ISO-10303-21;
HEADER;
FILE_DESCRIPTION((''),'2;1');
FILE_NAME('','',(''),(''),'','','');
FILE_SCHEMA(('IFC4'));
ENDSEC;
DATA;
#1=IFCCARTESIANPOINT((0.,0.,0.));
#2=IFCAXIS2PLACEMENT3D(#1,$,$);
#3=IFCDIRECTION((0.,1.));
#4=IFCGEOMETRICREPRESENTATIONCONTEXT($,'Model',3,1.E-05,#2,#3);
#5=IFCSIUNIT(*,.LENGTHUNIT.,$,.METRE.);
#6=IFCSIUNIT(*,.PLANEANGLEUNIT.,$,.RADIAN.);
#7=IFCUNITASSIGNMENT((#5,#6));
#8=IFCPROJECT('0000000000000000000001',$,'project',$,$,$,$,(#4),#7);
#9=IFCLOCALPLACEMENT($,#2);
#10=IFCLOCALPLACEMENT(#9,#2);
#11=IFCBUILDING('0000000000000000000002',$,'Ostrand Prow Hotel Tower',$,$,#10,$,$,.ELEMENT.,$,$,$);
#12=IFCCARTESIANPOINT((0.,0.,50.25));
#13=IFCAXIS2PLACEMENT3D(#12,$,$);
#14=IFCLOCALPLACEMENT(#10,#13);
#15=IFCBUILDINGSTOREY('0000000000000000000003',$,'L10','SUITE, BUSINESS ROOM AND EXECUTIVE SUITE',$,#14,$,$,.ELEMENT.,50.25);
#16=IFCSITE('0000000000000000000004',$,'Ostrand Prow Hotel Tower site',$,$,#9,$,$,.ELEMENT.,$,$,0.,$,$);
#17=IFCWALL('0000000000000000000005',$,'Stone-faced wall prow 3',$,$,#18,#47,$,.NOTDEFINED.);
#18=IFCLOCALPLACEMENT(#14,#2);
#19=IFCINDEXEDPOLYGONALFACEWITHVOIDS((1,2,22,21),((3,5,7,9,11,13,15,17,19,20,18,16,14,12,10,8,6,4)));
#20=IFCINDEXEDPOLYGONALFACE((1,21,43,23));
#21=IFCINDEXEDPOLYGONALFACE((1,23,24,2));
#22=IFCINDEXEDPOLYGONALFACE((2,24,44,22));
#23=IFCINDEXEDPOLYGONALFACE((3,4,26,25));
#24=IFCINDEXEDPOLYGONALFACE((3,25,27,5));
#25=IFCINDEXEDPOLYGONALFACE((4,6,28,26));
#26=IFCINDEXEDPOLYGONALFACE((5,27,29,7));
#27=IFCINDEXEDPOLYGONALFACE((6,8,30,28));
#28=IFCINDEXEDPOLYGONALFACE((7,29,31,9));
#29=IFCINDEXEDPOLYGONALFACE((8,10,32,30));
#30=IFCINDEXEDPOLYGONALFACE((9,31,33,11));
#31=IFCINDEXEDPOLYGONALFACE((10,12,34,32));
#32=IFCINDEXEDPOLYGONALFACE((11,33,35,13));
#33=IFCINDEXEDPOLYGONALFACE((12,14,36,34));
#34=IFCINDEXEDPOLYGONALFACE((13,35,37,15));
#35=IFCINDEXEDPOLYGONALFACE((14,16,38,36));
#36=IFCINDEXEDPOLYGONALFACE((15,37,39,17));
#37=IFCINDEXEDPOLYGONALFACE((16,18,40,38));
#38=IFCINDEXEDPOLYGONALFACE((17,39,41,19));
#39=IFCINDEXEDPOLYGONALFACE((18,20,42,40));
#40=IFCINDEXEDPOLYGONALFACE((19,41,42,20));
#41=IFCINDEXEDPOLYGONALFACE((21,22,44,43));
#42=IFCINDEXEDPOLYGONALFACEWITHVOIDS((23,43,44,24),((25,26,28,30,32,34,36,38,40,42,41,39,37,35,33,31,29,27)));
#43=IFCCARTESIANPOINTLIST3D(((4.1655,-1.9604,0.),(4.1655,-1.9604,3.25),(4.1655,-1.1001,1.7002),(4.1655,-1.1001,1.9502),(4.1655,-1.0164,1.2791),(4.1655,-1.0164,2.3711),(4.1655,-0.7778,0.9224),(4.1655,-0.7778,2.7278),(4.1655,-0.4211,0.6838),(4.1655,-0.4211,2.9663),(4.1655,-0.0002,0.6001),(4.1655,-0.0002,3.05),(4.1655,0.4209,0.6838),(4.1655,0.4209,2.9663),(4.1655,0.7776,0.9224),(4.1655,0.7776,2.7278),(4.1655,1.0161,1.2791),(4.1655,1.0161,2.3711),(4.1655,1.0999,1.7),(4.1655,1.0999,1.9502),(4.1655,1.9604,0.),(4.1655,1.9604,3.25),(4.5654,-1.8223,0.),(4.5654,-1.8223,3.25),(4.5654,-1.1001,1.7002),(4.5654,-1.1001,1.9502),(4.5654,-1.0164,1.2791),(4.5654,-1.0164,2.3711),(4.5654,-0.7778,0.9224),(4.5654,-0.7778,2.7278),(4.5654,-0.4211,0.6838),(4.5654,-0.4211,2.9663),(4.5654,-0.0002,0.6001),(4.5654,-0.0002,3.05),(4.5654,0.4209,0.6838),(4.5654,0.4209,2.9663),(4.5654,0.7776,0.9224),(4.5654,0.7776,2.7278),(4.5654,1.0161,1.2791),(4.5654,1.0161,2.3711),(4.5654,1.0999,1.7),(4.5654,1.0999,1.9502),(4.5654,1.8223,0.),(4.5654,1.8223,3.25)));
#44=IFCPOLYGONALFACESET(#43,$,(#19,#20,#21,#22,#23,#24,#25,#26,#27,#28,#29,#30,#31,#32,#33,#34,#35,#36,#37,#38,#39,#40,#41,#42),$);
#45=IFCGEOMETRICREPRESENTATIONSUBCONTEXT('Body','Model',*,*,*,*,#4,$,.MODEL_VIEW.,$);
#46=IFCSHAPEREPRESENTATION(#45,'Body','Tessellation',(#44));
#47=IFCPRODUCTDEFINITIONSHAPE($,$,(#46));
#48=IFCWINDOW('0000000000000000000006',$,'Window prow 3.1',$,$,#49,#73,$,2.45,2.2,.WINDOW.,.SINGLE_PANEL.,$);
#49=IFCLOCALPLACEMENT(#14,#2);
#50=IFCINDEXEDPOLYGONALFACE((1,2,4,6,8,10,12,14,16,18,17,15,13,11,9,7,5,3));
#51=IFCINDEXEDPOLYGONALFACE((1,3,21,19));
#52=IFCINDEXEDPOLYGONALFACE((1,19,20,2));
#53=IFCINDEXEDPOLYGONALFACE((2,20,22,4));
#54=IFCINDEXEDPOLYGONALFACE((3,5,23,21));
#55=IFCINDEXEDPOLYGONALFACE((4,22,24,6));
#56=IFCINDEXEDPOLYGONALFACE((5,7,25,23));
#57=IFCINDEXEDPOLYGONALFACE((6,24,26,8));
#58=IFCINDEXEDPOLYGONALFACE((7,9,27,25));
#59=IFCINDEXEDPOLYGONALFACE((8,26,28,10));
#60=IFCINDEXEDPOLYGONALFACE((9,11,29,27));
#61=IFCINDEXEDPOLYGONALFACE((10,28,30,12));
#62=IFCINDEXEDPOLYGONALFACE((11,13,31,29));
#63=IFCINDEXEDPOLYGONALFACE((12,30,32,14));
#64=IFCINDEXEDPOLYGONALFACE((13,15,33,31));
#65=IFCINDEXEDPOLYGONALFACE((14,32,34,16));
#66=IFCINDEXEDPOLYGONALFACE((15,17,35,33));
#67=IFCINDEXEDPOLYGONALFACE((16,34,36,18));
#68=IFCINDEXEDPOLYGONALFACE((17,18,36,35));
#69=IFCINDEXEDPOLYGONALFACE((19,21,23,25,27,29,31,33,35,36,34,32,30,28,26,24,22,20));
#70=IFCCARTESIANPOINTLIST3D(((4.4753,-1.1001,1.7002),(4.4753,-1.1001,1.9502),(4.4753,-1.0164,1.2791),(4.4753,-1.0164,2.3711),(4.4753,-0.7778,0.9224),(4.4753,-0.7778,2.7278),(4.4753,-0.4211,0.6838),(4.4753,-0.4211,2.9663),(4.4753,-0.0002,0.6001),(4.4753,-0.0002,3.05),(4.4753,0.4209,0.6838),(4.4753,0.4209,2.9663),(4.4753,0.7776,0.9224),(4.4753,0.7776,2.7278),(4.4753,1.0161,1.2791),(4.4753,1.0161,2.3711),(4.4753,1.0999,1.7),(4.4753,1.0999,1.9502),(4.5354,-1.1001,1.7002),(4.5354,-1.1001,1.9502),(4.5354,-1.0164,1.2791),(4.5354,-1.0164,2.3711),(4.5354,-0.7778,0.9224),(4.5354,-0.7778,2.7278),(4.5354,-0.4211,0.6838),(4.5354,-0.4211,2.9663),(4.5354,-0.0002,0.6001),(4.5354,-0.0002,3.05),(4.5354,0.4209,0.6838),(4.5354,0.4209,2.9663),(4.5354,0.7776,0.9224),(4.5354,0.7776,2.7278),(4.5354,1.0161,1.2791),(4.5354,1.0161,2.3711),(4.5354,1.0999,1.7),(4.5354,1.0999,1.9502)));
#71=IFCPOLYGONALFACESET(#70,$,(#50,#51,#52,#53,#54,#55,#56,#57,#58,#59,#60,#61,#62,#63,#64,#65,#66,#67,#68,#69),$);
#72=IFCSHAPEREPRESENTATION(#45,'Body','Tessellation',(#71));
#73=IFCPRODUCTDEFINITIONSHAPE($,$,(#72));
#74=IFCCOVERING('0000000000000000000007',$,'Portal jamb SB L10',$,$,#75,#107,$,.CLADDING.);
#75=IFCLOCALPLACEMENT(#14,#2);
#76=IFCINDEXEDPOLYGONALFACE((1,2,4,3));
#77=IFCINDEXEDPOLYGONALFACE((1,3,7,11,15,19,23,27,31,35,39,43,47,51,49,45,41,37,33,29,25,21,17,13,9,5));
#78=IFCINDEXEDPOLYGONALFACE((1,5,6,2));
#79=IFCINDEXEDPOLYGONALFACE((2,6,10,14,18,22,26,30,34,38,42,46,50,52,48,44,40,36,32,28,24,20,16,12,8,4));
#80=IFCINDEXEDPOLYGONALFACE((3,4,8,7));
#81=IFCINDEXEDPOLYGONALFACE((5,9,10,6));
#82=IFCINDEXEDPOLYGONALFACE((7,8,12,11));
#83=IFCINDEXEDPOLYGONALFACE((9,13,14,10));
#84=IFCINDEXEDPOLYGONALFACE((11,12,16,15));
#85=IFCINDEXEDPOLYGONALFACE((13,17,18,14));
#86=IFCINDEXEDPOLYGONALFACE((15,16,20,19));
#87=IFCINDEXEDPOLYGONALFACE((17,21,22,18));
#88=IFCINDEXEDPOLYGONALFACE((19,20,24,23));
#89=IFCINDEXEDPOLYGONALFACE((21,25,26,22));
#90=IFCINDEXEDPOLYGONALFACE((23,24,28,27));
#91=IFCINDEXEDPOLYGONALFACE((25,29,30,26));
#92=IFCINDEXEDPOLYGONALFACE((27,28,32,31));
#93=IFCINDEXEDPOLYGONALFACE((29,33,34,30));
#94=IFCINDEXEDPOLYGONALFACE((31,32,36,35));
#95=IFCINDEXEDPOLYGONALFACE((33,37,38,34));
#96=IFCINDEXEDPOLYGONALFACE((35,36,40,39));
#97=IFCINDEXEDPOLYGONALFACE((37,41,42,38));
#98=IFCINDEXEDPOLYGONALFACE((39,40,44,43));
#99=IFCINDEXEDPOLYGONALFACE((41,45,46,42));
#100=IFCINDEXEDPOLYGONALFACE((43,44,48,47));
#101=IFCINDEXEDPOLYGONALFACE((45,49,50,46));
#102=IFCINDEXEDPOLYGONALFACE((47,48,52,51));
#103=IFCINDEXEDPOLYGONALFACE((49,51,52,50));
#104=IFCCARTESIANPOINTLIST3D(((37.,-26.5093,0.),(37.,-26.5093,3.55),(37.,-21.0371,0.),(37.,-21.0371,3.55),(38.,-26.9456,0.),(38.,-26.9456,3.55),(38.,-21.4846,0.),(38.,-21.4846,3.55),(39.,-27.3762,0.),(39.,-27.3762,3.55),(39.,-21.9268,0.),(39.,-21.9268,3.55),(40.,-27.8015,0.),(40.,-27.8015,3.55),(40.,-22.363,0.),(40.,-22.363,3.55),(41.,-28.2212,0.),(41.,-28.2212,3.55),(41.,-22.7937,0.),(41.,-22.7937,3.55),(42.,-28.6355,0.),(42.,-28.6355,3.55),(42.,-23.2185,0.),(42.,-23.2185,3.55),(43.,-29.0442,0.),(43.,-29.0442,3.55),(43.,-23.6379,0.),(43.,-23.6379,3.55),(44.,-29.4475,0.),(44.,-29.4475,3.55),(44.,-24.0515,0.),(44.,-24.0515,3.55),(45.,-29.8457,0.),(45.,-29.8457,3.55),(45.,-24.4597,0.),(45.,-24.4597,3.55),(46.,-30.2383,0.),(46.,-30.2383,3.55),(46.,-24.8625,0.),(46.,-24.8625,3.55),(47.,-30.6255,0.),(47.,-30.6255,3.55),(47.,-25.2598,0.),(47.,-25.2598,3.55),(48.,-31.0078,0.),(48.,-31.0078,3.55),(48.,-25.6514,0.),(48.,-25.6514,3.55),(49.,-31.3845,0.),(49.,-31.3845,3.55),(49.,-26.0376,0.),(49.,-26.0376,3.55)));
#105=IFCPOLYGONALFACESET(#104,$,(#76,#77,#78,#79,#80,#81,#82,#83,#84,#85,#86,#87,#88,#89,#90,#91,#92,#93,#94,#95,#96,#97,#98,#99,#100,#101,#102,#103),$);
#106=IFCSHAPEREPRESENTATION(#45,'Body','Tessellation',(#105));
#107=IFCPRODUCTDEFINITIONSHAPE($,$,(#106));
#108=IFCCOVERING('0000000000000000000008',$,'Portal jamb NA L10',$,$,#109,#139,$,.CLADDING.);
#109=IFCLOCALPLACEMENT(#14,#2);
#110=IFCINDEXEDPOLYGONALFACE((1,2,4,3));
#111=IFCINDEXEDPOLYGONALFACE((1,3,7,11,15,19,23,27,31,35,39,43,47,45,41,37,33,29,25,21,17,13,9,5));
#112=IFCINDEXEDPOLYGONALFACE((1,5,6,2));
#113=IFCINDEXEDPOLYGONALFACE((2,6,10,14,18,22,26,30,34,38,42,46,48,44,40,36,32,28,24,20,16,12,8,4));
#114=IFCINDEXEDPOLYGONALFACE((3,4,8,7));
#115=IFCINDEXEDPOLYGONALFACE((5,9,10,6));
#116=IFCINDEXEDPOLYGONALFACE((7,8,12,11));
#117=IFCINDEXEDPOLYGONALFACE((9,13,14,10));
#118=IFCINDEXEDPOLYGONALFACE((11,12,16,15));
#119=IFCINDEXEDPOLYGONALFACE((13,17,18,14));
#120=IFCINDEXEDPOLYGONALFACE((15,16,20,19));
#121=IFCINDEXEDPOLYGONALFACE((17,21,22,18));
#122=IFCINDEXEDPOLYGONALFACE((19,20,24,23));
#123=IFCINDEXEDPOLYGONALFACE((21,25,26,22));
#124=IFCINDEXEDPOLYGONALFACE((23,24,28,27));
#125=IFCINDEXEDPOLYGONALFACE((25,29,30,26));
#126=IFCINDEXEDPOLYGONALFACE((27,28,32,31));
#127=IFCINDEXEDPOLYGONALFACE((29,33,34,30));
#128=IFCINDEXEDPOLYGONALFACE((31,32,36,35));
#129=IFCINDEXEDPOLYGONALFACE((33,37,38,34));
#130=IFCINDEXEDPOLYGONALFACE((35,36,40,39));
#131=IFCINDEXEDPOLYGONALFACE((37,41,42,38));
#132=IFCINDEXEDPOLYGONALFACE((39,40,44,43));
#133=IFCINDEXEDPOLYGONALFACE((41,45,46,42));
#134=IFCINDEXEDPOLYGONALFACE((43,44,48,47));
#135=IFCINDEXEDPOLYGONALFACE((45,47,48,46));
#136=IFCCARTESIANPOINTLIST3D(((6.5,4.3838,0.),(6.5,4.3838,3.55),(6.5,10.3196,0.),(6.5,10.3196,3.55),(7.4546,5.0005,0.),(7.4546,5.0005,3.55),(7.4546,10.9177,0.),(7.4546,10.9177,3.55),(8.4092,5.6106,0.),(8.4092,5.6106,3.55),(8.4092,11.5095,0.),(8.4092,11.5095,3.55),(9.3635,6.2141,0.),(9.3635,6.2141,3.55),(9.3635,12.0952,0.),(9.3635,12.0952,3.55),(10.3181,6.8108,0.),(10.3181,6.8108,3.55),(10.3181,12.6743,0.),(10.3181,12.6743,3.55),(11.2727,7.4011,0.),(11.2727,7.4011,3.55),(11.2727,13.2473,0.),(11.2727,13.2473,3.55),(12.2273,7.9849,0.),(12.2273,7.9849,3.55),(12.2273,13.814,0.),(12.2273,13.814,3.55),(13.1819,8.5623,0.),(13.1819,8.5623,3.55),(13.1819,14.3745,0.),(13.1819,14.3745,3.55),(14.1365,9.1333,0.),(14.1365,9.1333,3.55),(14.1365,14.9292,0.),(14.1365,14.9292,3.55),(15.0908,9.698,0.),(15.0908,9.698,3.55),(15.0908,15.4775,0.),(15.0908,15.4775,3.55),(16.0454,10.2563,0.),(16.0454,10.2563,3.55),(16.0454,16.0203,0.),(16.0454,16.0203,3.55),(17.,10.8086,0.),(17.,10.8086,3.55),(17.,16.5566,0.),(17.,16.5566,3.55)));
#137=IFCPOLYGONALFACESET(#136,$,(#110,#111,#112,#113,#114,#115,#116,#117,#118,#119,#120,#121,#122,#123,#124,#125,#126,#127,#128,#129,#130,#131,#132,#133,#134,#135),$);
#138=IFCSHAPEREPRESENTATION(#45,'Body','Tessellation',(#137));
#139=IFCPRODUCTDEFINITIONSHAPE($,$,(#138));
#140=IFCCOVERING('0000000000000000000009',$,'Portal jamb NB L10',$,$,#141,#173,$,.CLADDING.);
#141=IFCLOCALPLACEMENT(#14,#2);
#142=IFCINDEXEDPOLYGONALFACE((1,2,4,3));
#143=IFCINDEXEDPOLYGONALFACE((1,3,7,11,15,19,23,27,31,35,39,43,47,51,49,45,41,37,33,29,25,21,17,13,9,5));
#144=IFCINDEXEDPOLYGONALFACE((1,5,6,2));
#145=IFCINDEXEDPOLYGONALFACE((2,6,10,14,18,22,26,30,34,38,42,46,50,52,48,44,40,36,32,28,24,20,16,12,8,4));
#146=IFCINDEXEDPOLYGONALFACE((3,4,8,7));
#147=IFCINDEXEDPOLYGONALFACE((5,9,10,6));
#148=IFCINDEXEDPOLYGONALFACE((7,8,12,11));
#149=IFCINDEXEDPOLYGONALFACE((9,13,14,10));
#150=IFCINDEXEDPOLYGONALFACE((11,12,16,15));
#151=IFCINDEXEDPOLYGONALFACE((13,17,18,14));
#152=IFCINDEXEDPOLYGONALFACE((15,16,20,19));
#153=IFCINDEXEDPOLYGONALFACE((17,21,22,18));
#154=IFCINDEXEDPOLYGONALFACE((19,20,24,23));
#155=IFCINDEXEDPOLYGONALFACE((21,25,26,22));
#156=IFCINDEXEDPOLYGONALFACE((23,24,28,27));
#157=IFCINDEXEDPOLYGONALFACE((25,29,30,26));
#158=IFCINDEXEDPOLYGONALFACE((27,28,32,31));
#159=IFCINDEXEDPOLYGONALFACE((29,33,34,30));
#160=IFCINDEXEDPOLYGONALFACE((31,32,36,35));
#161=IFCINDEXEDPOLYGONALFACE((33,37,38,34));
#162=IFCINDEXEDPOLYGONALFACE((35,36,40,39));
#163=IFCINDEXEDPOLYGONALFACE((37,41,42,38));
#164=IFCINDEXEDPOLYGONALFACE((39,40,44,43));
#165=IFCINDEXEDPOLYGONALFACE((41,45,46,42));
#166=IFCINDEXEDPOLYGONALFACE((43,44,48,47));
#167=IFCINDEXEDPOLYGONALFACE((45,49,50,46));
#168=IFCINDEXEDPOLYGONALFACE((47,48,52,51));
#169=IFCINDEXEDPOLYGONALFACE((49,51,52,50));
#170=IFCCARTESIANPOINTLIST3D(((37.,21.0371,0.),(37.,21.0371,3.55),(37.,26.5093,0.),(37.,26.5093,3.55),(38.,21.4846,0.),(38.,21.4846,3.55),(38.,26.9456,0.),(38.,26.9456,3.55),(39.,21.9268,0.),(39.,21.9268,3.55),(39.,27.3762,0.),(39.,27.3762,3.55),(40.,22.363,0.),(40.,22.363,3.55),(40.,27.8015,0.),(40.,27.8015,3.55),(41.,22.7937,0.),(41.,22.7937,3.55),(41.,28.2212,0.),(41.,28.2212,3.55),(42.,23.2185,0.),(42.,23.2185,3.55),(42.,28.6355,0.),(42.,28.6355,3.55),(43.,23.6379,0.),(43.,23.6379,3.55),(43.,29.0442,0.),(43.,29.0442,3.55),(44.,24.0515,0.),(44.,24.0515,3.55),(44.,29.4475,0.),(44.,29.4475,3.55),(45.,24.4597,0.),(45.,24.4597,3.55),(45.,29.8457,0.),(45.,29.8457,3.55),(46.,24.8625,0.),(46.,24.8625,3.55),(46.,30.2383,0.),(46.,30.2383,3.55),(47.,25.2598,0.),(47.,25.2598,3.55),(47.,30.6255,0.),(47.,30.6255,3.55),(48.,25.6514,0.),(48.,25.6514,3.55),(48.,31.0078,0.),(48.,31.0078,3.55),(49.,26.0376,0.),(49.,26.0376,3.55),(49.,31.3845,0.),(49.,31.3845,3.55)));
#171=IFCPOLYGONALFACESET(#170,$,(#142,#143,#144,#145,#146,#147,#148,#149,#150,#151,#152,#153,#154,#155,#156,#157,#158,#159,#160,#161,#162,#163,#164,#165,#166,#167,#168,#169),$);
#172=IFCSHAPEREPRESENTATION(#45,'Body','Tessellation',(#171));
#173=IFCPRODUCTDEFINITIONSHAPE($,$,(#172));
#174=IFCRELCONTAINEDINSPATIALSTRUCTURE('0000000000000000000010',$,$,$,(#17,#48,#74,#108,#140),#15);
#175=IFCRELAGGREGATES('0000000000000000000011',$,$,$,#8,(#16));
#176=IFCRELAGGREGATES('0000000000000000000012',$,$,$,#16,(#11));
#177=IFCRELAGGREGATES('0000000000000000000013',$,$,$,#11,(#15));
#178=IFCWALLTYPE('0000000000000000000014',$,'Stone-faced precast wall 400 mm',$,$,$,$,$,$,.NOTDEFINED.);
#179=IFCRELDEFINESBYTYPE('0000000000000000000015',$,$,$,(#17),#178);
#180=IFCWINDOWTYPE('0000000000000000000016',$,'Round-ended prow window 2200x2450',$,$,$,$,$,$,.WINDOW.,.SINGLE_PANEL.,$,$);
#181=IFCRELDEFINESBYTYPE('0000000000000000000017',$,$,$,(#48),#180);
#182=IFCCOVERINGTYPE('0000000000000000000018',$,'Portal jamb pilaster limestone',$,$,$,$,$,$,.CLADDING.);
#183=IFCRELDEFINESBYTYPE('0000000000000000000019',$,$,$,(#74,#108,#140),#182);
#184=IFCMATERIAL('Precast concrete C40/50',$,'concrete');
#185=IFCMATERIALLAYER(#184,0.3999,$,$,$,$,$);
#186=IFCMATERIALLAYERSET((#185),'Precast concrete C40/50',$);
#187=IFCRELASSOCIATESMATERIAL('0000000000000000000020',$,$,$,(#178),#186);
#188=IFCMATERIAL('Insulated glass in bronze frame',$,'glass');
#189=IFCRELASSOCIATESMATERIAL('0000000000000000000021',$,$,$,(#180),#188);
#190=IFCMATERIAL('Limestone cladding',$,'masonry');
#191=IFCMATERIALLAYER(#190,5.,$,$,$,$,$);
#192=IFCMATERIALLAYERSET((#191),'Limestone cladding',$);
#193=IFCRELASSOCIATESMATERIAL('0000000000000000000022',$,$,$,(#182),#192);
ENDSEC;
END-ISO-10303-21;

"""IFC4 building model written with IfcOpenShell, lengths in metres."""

from ifc_helpers import new_model, si_unit, direction, frame, origin, place, context, subcontext, project, spatial, polyline, outline, extrude, material, layer, layer_set, type_object, element, fill, save


model = new_model("IFC4")

# Units and contexts
model_context = context("Model", 3, precision=1e-05, world=origin(), true_north=direction((0.0, 1.0)))
body_context = subcontext(model_context, "Body", "Model", "MODEL_VIEW")
ifc_project = project(units=[si_unit("LENGTHUNIT", "METRE"), si_unit("PLANEANGLEUNIT", "RADIAN")], contexts=[model_context])

# Site, building, storey
site_placement = place(None, origin())
site = spatial("IfcSite", under=ifc_project, at=site_placement, Name="Ostrand Prow Hotel Tower site", CompositionType="ELEMENT", RefElevation=0.0)
building_placement = place(site_placement, origin())
building = spatial("IfcBuilding", under=site, at=building_placement, Name="Ostrand Prow Hotel Tower", CompositionType="ELEMENT")
storey_placement = place(building_placement, frame((0.0, 0.0, 50.25)))
storey = spatial("IfcBuildingStorey", under=building, at=storey_placement, Name="L10", Description="SUITE, BUSINESS ROOM AND EXECUTIVE SUITE", CompositionType="ELEMENT", Elevation=50.25)

# Wall, opening, window
ifc_material_1 = material(Name="Precast concrete C40/50", Category="concrete")
ifc_layer_1 = layer(ifc_material_1, 0.3999)
ifc_layer_set_1 = layer_set([ifc_layer_1], Name="Precast concrete C40/50")
wall_type_1 = type_object("IfcWallType", Name="Stone-faced precast wall 400 mm", PredefinedType="NOTDEFINED", material=ifc_layer_set_1)
ifc_material_2 = material(Name="Insulated glass in bronze frame", Category="glass")
window_type = type_object("IfcWindowType", Name="Round-ended prow window 2200x2450", PartitioningType="SINGLE_PANEL", PredefinedType="WINDOW", material=ifc_material_2)
wall_1_placement = place(storey_placement, frame((4.3655, 1.8914, 0.0), z_axis=(0.0, 0.0, 1.0), x_axis=(0.0, -1.0, 0.0)))
wall_1 = element("IfcWall", 1, at=wall_1_placement, inside=storey, type_object=wall_type_1, Name="Stone-faced wall prow 3", PredefinedType="NOTDEFINED", context=body_context, shape_type="SweptSolid", body=[
    extrude(outline(polyline([(-0.0691, -0.2), (3.8518, -0.2), (3.7136, 0.2), (0.0691, 0.2), (-0.0691, -0.2)])), origin(), (0.0, 0.0, 1.0), 3.25),
])
opening_1_placement = place(wall_1_placement, frame((0.7915, 0.0, 0.6001)))
opening_1 = element("IfcOpeningElement", 2, at=opening_1_placement, cuts=wall_1, PredefinedType="OPENING", context=body_context, shape_type="SweptSolid", body=[
    extrude(outline(polyline([(0.0, 1.3501), (0.0837, 1.771), (0.3223, 2.1277), (0.679, 2.3662), (1.1001, 2.45), (1.521, 2.3662), (1.8777, 2.1277), (2.1162, 1.771), (2.2, 1.3501), (2.2, 1.1001), (2.1162, 0.679), (1.8777, 0.3223), (1.521, 0.0837), (1.1001, 0.0), (0.679, 0.0837), (0.3223, 0.3223), (0.0837, 0.679), (0.0, 1.0999), (0.0, 1.3501)])), frame((0.0, 0.21, 0.0), z_axis=(0.0, -1.0, 0.0), x_axis=(1.0, 0.0, 0.0)), (0.0, 0.0, 1.0), 0.4199),
])
window_1_placement = place(opening_1_placement, origin())
window_1 = element("IfcWindow", 3, at=window_1_placement, inside=storey, type_object=window_type, Name="Window prow 3.1", OverallHeight=2.45, OverallWidth=2.2, PartitioningType="SINGLE_PANEL", PredefinedType="WINDOW", context=body_context, shape_type="SweptSolid", body=[
    extrude(outline(polyline([(0.0, 1.3501), (0.0837, 1.771), (0.3223, 2.1277), (0.679, 2.3662), (1.1001, 2.45), (1.521, 2.3662), (1.8777, 2.1277), (2.1162, 1.771), (2.2, 1.3501), (2.2, 1.1001), (2.1162, 0.679), (1.8777, 0.3223), (1.521, 0.0837), (1.1001, 0.0), (0.679, 0.0837), (0.3223, 0.3223), (0.0837, 0.679), (0.0, 1.0999), (0.0, 1.3501)])), frame((0.0, 0.1699, 0.0), z_axis=(0.0, -1.0, 0.0), x_axis=(1.0, 0.0, 0.0)), (0.0, 0.0, 1.0), 0.0601),
])
fill(opening_1, window_1)

# Coverings
ifc_material_3 = material(Name="Limestone cladding", Category="masonry")
ifc_layer_2 = layer(ifc_material_3, 5.0)
ifc_layer_set_2 = layer_set([ifc_layer_2], Name="Limestone cladding")
covering_type_1 = type_object("IfcCoveringType", Name="Portal jamb pilaster limestone", PredefinedType="CLADDING", material=ifc_layer_set_2)
covering_1_placement = place(storey_placement, origin())
element("IfcCovering", 4, at=covering_1_placement, inside=storey, type_object=covering_type_1, Name="Portal jamb SB L10", PredefinedType="CLADDING", context=body_context, shape_type="SweptSolid", body=[
    extrude(outline(polyline([(37.0, -21.0371), (37.0, -26.5093), (38.0, -26.9456), (39.0, -27.3762), (40.0, -27.8015), (41.0, -28.2212), (42.0, -28.6355), (43.0, -29.0442), (44.0, -29.4475), (45.0, -29.8457), (46.0, -30.2383), (47.0, -30.6255), (48.0, -31.0078), (49.0, -31.3845), (49.0, -26.0376), (48.0, -25.6514), (47.0, -25.2598), (46.0, -24.8625), (45.0, -24.4597), (44.0, -24.0515), (43.0, -23.6379), (42.0, -23.2185), (41.0, -22.7937), (40.0, -22.363), (39.0, -21.9268), (38.0, -21.4846), (37.0, -21.0371)])), origin(), (0.0, 0.0, 1.0), 3.55),
])
covering_2_placement = place(storey_placement, origin())
element("IfcCovering", 5, at=covering_2_placement, inside=storey, type_object=covering_type_1, Name="Portal jamb NA L10", PredefinedType="CLADDING", context=body_context, shape_type="SweptSolid", body=[
    extrude(outline(polyline([(6.5, 4.3838), (7.4546, 5.0005), (8.4092, 5.6106), (9.3635, 6.2141), (10.3181, 6.8108), (11.2727, 7.4011), (12.2273, 7.9849), (13.1819, 8.5623), (14.1365, 9.1333), (15.0908, 9.698), (16.0454, 10.2563), (17.0, 10.8086), (17.0, 16.5566), (16.0454, 16.0203), (15.0908, 15.4775), (14.1365, 14.9292), (13.1819, 14.3745), (12.2273, 13.814), (11.2727, 13.2473), (10.3181, 12.6743), (9.3635, 12.0952), (8.4092, 11.5095), (7.4546, 10.9177), (6.5, 10.3196), (6.5, 4.3838)])), origin(), (0.0, 0.0, 1.0), 3.55),
])
covering_3_placement = place(storey_placement, origin())
element("IfcCovering", 6, at=covering_3_placement, inside=storey, type_object=covering_type_1, Name="Portal jamb NB L10", PredefinedType="CLADDING", context=body_context, shape_type="SweptSolid", body=[
    extrude(outline(polyline([(37.0, 21.0371), (38.0, 21.4846), (39.0, 21.9268), (40.0, 22.363), (41.0, 22.7937), (42.0, 23.2185), (43.0, 23.6379), (44.0, 24.0515), (45.0, 24.4597), (46.0, 24.8625), (47.0, 25.2598), (48.0, 25.6514), (49.0, 26.0376), (49.0, 31.3845), (48.0, 31.0078), (47.0, 30.6255), (46.0, 30.2383), (45.0, 29.8457), (44.0, 29.4475), (43.0, 29.0442), (42.0, 28.6355), (41.0, 28.2212), (40.0, 27.8015), (39.0, 27.3762), (38.0, 26.9456), (37.0, 26.5093), (37.0, 21.0371)])), origin(), (0.0, 0.0, 1.0), 3.55),
])

save(model, "model.ifc")
